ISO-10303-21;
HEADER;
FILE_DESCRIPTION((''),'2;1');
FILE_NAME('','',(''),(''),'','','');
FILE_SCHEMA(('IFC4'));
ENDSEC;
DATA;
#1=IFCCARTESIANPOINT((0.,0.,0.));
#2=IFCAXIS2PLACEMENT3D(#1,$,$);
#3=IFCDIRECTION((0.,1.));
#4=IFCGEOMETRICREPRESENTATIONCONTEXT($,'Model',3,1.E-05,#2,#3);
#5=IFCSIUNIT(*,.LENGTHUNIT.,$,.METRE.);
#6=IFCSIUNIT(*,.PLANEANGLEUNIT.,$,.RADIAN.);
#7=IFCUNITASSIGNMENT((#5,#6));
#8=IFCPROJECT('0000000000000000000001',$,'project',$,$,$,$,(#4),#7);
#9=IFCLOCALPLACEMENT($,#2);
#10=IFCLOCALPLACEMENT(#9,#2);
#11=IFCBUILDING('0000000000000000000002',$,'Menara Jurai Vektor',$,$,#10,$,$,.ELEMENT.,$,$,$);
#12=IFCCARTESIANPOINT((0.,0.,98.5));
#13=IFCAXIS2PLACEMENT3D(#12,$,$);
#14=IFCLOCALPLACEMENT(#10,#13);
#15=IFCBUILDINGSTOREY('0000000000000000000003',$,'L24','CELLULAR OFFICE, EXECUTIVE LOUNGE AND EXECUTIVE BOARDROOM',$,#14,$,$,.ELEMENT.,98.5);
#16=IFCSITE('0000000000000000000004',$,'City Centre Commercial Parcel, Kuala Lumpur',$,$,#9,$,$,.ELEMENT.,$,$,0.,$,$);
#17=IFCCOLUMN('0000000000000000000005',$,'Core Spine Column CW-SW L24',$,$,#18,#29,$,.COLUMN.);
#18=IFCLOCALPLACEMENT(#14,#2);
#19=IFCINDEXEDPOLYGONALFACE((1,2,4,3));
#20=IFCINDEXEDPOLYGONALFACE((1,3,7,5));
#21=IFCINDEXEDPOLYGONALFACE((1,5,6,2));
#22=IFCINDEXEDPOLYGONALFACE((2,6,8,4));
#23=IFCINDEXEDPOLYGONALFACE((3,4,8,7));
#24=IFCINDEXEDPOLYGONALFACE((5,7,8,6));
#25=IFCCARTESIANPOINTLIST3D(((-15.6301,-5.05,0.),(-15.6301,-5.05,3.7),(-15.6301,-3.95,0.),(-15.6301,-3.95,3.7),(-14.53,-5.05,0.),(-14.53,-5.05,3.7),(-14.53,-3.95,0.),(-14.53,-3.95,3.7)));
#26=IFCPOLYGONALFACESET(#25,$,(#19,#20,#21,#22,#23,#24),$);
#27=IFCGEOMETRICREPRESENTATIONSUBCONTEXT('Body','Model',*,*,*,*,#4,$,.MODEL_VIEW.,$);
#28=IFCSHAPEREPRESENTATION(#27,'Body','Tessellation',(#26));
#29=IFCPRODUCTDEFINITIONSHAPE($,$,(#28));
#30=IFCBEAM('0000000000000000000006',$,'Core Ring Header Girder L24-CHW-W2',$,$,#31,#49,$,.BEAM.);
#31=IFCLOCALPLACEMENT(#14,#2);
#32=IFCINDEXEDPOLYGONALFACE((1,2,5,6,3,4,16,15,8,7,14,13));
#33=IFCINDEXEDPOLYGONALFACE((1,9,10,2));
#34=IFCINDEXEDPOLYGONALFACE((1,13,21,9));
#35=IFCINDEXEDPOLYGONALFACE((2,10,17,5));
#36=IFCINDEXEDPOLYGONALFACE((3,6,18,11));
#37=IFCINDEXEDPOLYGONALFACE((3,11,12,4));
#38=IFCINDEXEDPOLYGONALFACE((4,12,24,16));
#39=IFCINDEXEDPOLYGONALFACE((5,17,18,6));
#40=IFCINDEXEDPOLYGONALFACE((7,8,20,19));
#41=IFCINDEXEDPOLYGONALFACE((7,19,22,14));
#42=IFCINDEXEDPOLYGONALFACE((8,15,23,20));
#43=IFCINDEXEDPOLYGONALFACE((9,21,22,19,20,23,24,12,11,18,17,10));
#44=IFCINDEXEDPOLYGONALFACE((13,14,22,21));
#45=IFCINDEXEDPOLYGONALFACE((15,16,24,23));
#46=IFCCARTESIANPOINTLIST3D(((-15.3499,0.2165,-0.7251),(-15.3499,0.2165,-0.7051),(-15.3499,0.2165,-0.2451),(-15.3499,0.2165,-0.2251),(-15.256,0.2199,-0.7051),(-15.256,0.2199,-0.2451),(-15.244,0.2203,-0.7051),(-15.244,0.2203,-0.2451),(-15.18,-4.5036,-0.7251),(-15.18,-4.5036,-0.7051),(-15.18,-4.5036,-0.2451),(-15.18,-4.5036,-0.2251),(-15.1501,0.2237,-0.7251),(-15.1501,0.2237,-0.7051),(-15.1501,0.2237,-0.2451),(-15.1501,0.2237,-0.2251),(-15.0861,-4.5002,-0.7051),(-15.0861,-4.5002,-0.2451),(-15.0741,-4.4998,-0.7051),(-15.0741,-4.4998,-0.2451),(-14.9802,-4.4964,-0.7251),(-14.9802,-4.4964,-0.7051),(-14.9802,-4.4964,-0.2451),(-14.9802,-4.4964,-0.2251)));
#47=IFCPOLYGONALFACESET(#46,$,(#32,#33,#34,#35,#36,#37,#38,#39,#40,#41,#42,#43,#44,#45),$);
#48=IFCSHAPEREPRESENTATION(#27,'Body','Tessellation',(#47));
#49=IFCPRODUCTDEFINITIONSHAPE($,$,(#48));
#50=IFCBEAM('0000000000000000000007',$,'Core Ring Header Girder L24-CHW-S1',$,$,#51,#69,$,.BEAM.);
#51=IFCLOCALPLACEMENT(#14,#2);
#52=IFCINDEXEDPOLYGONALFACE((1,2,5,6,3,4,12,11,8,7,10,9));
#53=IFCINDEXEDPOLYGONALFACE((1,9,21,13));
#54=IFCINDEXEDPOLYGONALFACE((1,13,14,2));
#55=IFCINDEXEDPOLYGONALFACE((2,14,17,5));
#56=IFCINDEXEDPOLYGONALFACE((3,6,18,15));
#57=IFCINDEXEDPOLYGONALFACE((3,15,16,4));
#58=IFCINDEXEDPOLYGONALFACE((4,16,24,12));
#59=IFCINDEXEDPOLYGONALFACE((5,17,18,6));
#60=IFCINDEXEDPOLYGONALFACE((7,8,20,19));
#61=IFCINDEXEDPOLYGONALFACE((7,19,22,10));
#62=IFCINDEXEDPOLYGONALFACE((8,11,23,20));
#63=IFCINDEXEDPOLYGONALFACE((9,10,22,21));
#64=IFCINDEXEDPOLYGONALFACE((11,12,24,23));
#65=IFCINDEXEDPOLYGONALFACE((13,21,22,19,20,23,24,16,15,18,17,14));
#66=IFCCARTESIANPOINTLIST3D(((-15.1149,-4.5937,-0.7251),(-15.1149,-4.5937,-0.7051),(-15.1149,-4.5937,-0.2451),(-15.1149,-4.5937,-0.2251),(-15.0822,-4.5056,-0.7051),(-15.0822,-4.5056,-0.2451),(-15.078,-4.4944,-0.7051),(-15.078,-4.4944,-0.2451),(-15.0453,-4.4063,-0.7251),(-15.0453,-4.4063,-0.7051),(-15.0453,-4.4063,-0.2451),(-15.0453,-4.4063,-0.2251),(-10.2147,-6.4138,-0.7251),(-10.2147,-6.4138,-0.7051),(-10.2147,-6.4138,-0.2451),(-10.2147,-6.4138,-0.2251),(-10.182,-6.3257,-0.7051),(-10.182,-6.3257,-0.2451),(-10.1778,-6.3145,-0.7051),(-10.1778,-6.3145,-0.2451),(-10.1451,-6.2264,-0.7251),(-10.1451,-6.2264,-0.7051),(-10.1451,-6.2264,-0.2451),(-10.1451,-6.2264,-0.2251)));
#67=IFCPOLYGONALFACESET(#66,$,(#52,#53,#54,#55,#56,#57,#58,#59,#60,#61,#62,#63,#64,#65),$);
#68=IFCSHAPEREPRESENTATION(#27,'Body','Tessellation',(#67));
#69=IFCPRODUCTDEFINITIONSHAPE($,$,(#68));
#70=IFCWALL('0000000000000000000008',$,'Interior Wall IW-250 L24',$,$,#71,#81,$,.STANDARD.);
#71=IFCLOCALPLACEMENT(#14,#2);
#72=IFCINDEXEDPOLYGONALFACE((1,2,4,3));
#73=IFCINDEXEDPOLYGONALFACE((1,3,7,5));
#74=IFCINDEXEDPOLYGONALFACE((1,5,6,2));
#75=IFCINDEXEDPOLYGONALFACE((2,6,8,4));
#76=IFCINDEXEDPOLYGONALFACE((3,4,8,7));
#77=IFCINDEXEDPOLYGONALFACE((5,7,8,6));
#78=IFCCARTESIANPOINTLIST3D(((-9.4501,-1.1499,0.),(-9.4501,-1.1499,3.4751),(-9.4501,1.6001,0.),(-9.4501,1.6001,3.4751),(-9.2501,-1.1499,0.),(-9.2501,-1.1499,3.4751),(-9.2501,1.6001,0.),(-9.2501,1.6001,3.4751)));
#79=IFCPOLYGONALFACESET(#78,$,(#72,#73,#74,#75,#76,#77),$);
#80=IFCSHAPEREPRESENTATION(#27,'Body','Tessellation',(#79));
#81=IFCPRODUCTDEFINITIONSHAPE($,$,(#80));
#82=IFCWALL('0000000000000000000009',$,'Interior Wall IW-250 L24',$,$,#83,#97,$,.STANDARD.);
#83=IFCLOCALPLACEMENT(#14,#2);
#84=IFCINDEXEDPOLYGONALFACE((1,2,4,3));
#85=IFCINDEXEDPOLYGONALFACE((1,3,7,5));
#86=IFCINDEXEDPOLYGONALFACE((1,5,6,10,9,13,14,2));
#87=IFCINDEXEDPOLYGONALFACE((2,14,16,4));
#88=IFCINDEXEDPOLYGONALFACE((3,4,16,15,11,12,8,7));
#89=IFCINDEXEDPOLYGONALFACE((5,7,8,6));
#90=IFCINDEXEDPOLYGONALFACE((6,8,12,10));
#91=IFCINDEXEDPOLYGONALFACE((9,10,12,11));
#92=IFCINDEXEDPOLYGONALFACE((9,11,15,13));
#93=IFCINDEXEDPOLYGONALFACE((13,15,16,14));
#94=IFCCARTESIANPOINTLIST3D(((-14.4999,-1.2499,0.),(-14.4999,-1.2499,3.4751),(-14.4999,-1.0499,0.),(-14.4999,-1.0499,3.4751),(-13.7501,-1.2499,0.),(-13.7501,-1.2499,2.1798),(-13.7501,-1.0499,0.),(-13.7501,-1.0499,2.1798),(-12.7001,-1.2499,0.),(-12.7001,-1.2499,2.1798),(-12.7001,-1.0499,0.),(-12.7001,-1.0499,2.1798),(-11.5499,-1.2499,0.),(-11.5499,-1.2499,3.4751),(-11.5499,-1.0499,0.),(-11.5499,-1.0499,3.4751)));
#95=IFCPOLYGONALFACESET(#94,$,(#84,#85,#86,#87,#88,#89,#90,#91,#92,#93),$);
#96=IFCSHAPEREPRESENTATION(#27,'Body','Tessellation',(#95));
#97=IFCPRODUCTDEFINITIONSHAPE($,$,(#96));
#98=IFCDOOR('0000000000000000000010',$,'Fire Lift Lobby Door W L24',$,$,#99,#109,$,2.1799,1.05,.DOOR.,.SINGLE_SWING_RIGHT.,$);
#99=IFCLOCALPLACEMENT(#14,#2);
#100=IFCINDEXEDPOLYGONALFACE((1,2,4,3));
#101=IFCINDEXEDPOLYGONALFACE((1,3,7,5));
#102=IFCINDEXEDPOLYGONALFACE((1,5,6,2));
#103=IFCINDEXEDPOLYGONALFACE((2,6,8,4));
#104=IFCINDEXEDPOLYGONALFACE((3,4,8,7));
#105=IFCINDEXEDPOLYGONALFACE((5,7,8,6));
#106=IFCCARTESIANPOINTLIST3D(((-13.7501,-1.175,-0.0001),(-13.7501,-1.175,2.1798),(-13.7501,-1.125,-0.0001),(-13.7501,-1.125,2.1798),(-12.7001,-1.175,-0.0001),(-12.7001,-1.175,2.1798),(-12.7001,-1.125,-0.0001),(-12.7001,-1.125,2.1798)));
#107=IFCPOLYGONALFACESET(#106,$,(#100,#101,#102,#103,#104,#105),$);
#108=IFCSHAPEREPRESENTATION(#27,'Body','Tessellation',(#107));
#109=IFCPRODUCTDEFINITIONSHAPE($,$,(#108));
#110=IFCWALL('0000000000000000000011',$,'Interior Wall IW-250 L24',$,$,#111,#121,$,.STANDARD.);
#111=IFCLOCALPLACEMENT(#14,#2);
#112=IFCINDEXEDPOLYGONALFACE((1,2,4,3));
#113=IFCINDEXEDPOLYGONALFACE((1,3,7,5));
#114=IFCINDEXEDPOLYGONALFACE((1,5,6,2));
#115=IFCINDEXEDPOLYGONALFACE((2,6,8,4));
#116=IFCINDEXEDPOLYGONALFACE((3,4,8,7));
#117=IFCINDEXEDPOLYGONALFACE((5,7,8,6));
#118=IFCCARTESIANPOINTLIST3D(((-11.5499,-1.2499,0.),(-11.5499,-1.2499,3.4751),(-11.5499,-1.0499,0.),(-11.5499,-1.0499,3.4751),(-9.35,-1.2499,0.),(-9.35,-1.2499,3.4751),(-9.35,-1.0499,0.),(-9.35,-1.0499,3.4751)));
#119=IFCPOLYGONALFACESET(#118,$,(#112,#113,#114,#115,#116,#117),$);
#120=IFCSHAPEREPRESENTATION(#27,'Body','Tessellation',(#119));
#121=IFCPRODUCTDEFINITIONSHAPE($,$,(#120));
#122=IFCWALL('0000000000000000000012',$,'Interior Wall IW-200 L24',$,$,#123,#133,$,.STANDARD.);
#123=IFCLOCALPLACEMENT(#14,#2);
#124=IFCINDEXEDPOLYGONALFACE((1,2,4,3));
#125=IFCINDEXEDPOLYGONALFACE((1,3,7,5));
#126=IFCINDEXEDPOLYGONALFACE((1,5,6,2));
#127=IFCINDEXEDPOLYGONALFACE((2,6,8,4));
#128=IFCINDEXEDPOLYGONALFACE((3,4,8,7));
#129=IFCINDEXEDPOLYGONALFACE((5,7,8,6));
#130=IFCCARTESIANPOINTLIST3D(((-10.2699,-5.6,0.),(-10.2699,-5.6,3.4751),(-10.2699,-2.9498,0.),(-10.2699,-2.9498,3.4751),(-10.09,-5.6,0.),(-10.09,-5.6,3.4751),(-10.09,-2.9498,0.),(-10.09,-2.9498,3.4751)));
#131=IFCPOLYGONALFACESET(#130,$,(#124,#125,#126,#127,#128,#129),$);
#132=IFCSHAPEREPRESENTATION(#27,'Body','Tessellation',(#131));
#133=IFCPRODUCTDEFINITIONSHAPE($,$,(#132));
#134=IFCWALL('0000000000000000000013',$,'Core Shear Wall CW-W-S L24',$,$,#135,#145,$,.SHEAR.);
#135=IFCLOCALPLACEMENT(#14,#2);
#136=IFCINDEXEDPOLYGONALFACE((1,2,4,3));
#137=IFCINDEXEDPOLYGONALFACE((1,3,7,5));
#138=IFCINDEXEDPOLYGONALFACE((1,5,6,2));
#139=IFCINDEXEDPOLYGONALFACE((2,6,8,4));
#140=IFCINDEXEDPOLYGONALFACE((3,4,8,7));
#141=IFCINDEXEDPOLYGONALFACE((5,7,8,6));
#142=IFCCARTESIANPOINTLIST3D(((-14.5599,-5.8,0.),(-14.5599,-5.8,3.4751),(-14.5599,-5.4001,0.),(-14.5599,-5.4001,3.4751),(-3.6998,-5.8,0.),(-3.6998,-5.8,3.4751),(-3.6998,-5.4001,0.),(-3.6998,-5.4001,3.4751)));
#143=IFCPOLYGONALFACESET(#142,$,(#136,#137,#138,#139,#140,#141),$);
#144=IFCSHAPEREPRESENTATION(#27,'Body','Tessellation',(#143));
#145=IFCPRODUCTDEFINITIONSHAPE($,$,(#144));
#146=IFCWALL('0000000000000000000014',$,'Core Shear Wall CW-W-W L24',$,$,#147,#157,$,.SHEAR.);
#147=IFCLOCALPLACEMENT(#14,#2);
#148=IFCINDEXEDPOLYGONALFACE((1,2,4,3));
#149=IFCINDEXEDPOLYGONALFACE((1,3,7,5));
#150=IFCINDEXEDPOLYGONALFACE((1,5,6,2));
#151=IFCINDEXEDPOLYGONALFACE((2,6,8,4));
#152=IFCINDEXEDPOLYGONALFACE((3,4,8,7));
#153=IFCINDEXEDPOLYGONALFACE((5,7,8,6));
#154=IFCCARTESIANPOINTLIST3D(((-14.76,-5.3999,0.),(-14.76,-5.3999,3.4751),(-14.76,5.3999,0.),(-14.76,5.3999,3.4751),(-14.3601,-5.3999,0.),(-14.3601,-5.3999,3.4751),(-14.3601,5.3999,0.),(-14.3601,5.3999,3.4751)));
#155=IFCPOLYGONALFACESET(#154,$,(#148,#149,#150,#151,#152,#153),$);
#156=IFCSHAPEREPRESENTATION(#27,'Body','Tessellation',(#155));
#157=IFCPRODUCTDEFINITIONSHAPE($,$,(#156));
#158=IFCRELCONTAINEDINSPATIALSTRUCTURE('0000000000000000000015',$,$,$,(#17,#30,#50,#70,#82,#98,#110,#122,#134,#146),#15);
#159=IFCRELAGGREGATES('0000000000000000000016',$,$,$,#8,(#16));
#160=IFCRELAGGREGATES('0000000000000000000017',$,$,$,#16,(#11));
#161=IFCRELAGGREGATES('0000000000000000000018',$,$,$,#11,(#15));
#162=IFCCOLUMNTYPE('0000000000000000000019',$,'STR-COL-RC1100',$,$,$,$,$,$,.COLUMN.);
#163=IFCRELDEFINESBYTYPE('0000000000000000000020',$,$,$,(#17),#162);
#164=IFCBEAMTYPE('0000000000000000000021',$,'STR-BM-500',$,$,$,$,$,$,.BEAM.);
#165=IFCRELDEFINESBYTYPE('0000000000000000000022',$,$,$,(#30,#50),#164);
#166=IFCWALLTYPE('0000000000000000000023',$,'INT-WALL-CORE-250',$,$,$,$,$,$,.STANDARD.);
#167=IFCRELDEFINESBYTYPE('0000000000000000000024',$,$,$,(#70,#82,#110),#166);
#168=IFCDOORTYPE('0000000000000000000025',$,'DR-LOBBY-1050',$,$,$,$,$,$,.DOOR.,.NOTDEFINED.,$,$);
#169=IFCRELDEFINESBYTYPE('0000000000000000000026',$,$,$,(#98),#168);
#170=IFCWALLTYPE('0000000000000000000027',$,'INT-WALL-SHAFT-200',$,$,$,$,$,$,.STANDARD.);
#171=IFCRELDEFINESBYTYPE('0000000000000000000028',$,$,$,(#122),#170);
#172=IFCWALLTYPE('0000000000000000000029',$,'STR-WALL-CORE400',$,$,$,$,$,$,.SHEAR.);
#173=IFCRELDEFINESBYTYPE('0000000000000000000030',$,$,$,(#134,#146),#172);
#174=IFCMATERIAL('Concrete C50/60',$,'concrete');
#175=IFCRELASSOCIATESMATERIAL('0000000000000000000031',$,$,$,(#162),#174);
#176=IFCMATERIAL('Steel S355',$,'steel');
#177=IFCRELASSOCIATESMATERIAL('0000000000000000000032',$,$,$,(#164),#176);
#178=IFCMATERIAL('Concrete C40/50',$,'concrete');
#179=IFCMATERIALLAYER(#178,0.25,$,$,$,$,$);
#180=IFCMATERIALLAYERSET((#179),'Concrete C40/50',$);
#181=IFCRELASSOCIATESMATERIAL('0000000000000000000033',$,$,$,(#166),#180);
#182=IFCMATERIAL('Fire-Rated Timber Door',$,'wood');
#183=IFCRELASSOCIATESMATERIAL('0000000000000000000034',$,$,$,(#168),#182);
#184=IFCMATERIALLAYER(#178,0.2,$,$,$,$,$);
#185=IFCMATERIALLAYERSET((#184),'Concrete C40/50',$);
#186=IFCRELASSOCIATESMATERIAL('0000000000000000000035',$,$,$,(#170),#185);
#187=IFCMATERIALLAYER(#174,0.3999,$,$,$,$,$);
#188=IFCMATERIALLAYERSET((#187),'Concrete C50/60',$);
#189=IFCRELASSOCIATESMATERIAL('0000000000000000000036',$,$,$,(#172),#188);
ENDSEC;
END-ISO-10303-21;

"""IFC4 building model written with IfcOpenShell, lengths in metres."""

from ifc_helpers import new_model, si_unit, direction, frame, frame_2d, origin, origin_2d, place, context, subcontext, project, spatial, rectangle, i_section, extrude, material, layer, layer_set, material_profile, profile_set, type_object, element, fill, save


model = new_model("IFC4")

# Units and contexts
model_context = context("Model", 3, precision=1e-05, world=origin(), true_north=direction((0.0, 1.0)))
body_context = subcontext(model_context, "Body", "Model", "MODEL_VIEW")
ifc_project = project(units=[si_unit("LENGTHUNIT", "METRE"), si_unit("PLANEANGLEUNIT", "RADIAN")], contexts=[model_context])

# Site, building, storey
site_placement = place(None, origin())
site = spatial("IfcSite", under=ifc_project, at=site_placement, Name="City Centre Commercial Parcel, Kuala Lumpur", CompositionType="ELEMENT", RefElevation=0.0)
building_placement = place(site_placement, origin())
building = spatial("IfcBuilding", under=site, at=building_placement, Name="Menara Jurai Vektor", CompositionType="ELEMENT")
storey_placement = place(building_placement, frame((0.0, 0.0, 98.5)))
storey = spatial("IfcBuildingStorey", under=building, at=storey_placement, Name="L24", Description="CELLULAR OFFICE, EXECUTIVE LOUNGE AND EXECUTIVE BOARDROOM", CompositionType="ELEMENT", Elevation=98.5)

# Column
ifc_material_1 = material(Name="Concrete C50/60", Category="concrete")
ifc_material_profile_1 = material_profile(ifc_material_1, rectangle(XDim=1.1001, YDim=1.1001, at=origin_2d()), Name="RC 1100x1100")
ifc_profile_set_1 = profile_set([ifc_material_profile_1], Name="Concrete C50/60")
column_type = type_object("IfcColumnType", Name="STR-COL-RC1100", PredefinedType="COLUMN", material=ifc_profile_set_1)
column_placement = place(storey_placement, frame((-15.0801, -4.5, 0.0), z_axis=(0.0, 0.0, 1.0), x_axis=(1.0, 0.0, 0.0)))
element("IfcColumn", 1, at=column_placement, inside=storey, type_object=column_type, Name="Core Spine Column CW-SW L24", PredefinedType="COLUMN", context=body_context, shape_type="SweptSolid", body=[
    extrude(rectangle(XDim=1.1001, YDim=1.1001, at=origin_2d()), origin(), (0.0, 0.0, 1.0), 3.7),
])

# Beams
ifc_material_2 = material(Name="Steel S355", Category="steel")
ifc_material_profile_2 = material_profile(ifc_material_2, i_section(OverallWidth=0.2, OverallDepth=0.5, WebThickness=0.012, FlangeThickness=0.02, at=origin_2d()), Name="PG 500x200x96")
ifc_profile_set_2 = profile_set([ifc_material_profile_2], Name="Steel S355")
beam_type = type_object("IfcBeamType", Name="STR-BM-500", PredefinedType="BEAM", material=ifc_profile_set_2)
beam_1_placement = place(storey_placement, frame((-15.0801, -4.5, -0.4751), z_axis=(-0.035977, 0.999353, 0.0), x_axis=(-0.999353, -0.035977, 0.0)))
element("IfcBeam", 2, at=beam_1_placement, inside=storey, type_object=beam_type, Name="Core Ring Header Girder L24-CHW-W2", PredefinedType="BEAM", context=body_context, shape_type="SweptSolid", body=[
    extrude(i_section(OverallWidth=0.2, OverallDepth=0.5, WebThickness=0.012, FlangeThickness=0.02, at=origin_2d()), origin(), (0.0, 0.0, 1.0), 4.7231),
])
beam_2_placement = place(storey_placement, frame((-15.0801, -4.5, -0.4751), z_axis=(0.937424, -0.348189, 0.0), x_axis=(0.348189, 0.937424, 0.0)))
element("IfcBeam", 3, at=beam_2_placement, inside=storey, type_object=beam_type, Name="Core Ring Header Girder L24-CHW-S1", PredefinedType="BEAM", context=body_context, shape_type="SweptSolid", body=[
    extrude(i_section(OverallWidth=0.2, OverallDepth=0.5, WebThickness=0.012, FlangeThickness=0.02, at=origin_2d()), origin(), (0.0, 0.0, 1.0), 5.2273),
])

# Shared definitions
ifc_material_3 = material(Name="Concrete C40/50", Category="concrete")
ifc_layer_1 = layer(ifc_material_3, 0.25)
ifc_layer_set_1 = layer_set([ifc_layer_1], Name="Concrete C40/50")
wall_type_1 = type_object("IfcWallType", Name="INT-WALL-CORE-250", PredefinedType="STANDARD", material=ifc_layer_set_1)

# Wall
wall_1_placement = place(storey_placement, frame((-9.3501, -1.1499, 0.0), z_axis=(0.0, 0.0, 1.0), x_axis=(0.0, 1.0, 0.0)))
element("IfcWall", 4, at=wall_1_placement, inside=storey, type_object=wall_type_1, Name="Interior Wall IW-250 L24", PredefinedType="STANDARD", context=body_context, shape_type="SweptSolid", body=[
    extrude(rectangle(XDim=2.75, YDim=0.2, at=frame_2d((1.375, 0.0))), origin(), (0.0, 0.0, 1.0), 3.4751),
])

# Wall, opening, door
wall_2_placement = place(storey_placement, frame((-14.5, -1.1499, 0.0), z_axis=(0.0, 0.0, 1.0), x_axis=(1.0, 0.0, 0.0)))
wall_2 = element("IfcWall", 5, at=wall_2_placement, inside=storey, type_object=wall_type_1, Name="Interior Wall IW-250 L24", PredefinedType="STANDARD", context=body_context, shape_type="SweptSolid", body=[
    extrude(rectangle(XDim=2.95, YDim=0.2, at=frame_2d((1.4751, 0.0))), origin(), (0.0, 0.0, 1.0), 3.4751),
])
opening_1_placement = place(wall_2_placement, frame((0.75, 0.0, 0.0)))
opening_1 = element("IfcOpeningElement", 6, at=opening_1_placement, cuts=wall_2, PredefinedType="OPENING", context=body_context, shape_type="SweptSolid", body=[
    extrude(rectangle(XDim=1.05, YDim=2.1799, at=frame_2d((0.5249, 1.0898))), frame((0.0, 0.1099, 0.0), z_axis=(0.0, -1.0, 0.0), x_axis=(1.0, 0.0, 0.0)), (0.0, 0.0, 1.0), 0.22),
])
ifc_material_4 = material(Name="Fire-Rated Timber Door", Category="wood")
door_type_1 = type_object("IfcDoorType", Name="DR-LOBBY-1050", OperationType="NOTDEFINED", PredefinedType="DOOR", material=ifc_material_4)
door_1_placement = place(opening_1_placement, origin())
door_1 = element("IfcDoor", 7, at=door_1_placement, inside=storey, type_object=door_type_1, Name="Fire Lift Lobby Door W L24", OperationType="SINGLE_SWING_RIGHT", OverallHeight=2.1799, OverallWidth=1.05, PredefinedType="DOOR", context=body_context, shape_type="SweptSolid", body=[
    extrude(rectangle(XDim=1.05, YDim=2.1799, at=frame_2d((0.5249, 1.0898))), frame((0.0, 0.0249, 0.0), z_axis=(0.0, -1.0, 0.0), x_axis=(1.0, 0.0, 0.0)), (0.0, 0.0, 1.0), 0.05),
])
fill(opening_1, door_1)

# Wall
wall_3_placement = place(storey_placement, frame((-11.55, -1.1499, 0.0), z_axis=(0.0, 0.0, 1.0), x_axis=(1.0, 0.0, 0.0)))
element("IfcWall", 8, at=wall_3_placement, inside=storey, type_object=wall_type_1, Name="Interior Wall IW-250 L24", PredefinedType="STANDARD", context=body_context, shape_type="SweptSolid", body=[
    extrude(rectangle(XDim=2.2, YDim=0.2, at=frame_2d((1.1001, 0.0))), origin(), (0.0, 0.0, 1.0), 3.4751),
])

# Shared definitions
ifc_layer_2 = layer(ifc_material_3, 0.2)
ifc_layer_set_2 = layer_set([ifc_layer_2], Name="Concrete C40/50")
wall_type_2 = type_object("IfcWallType", Name="INT-WALL-SHAFT-200", PredefinedType="STANDARD", material=ifc_layer_set_2)

# Walls
wall_4_placement = place(storey_placement, frame((-10.1799, -5.6001, 0.0), z_axis=(0.0, 0.0, 1.0), x_axis=(0.0, 1.0, 0.0)))
element("IfcWall", 9, at=wall_4_placement, inside=storey, type_object=wall_type_2, Name="Interior Wall IW-200 L24", PredefinedType="STANDARD", context=body_context, shape_type="SweptSolid", body=[
    extrude(rectangle(XDim=2.6501, YDim=0.1799, at=frame_2d((1.3252, 0.0))), origin(), (0.0, 0.0, 1.0), 3.4751),
])
ifc_layer_3 = layer(ifc_material_1, 0.3999)
ifc_layer_set_3 = layer_set([ifc_layer_3], Name="Concrete C50/60")
wall_type_3 = type_object("IfcWallType", Name="STR-WALL-CORE400", PredefinedType="SHEAR", material=ifc_layer_set_3)
wall_5_placement = place(storey_placement, frame((-14.5601, -5.6001, 0.0), z_axis=(0.0, 0.0, 1.0), x_axis=(1.0, 0.0, 0.0)))
element("IfcWall", 10, at=wall_5_placement, inside=storey, type_object=wall_type_3, Name="Core Shear Wall CW-W-S L24", PredefinedType="SHEAR", context=body_context, shape_type="SweptSolid", body=[
    extrude(rectangle(XDim=10.8601, YDim=0.3999, at=frame_2d((5.4302, 0.0))), origin(), (0.0, 0.0, 1.0), 3.4751),
])
wall_6_placement = place(storey_placement, frame((-14.5601, -5.3999, 0.0), z_axis=(0.0, 0.0, 1.0), x_axis=(0.0, 1.0, 0.0)))
element("IfcWall", 11, at=wall_6_placement, inside=storey, type_object=wall_type_3, Name="Core Shear Wall CW-W-W L24", PredefinedType="SHEAR", context=body_context, shape_type="SweptSolid", body=[
    extrude(rectangle(XDim=10.7998, YDim=0.3999, at=frame_2d((5.3999, 0.0))), origin(), (0.0, 0.0, 1.0), 3.4751),
])

save(model, "model.ifc")
